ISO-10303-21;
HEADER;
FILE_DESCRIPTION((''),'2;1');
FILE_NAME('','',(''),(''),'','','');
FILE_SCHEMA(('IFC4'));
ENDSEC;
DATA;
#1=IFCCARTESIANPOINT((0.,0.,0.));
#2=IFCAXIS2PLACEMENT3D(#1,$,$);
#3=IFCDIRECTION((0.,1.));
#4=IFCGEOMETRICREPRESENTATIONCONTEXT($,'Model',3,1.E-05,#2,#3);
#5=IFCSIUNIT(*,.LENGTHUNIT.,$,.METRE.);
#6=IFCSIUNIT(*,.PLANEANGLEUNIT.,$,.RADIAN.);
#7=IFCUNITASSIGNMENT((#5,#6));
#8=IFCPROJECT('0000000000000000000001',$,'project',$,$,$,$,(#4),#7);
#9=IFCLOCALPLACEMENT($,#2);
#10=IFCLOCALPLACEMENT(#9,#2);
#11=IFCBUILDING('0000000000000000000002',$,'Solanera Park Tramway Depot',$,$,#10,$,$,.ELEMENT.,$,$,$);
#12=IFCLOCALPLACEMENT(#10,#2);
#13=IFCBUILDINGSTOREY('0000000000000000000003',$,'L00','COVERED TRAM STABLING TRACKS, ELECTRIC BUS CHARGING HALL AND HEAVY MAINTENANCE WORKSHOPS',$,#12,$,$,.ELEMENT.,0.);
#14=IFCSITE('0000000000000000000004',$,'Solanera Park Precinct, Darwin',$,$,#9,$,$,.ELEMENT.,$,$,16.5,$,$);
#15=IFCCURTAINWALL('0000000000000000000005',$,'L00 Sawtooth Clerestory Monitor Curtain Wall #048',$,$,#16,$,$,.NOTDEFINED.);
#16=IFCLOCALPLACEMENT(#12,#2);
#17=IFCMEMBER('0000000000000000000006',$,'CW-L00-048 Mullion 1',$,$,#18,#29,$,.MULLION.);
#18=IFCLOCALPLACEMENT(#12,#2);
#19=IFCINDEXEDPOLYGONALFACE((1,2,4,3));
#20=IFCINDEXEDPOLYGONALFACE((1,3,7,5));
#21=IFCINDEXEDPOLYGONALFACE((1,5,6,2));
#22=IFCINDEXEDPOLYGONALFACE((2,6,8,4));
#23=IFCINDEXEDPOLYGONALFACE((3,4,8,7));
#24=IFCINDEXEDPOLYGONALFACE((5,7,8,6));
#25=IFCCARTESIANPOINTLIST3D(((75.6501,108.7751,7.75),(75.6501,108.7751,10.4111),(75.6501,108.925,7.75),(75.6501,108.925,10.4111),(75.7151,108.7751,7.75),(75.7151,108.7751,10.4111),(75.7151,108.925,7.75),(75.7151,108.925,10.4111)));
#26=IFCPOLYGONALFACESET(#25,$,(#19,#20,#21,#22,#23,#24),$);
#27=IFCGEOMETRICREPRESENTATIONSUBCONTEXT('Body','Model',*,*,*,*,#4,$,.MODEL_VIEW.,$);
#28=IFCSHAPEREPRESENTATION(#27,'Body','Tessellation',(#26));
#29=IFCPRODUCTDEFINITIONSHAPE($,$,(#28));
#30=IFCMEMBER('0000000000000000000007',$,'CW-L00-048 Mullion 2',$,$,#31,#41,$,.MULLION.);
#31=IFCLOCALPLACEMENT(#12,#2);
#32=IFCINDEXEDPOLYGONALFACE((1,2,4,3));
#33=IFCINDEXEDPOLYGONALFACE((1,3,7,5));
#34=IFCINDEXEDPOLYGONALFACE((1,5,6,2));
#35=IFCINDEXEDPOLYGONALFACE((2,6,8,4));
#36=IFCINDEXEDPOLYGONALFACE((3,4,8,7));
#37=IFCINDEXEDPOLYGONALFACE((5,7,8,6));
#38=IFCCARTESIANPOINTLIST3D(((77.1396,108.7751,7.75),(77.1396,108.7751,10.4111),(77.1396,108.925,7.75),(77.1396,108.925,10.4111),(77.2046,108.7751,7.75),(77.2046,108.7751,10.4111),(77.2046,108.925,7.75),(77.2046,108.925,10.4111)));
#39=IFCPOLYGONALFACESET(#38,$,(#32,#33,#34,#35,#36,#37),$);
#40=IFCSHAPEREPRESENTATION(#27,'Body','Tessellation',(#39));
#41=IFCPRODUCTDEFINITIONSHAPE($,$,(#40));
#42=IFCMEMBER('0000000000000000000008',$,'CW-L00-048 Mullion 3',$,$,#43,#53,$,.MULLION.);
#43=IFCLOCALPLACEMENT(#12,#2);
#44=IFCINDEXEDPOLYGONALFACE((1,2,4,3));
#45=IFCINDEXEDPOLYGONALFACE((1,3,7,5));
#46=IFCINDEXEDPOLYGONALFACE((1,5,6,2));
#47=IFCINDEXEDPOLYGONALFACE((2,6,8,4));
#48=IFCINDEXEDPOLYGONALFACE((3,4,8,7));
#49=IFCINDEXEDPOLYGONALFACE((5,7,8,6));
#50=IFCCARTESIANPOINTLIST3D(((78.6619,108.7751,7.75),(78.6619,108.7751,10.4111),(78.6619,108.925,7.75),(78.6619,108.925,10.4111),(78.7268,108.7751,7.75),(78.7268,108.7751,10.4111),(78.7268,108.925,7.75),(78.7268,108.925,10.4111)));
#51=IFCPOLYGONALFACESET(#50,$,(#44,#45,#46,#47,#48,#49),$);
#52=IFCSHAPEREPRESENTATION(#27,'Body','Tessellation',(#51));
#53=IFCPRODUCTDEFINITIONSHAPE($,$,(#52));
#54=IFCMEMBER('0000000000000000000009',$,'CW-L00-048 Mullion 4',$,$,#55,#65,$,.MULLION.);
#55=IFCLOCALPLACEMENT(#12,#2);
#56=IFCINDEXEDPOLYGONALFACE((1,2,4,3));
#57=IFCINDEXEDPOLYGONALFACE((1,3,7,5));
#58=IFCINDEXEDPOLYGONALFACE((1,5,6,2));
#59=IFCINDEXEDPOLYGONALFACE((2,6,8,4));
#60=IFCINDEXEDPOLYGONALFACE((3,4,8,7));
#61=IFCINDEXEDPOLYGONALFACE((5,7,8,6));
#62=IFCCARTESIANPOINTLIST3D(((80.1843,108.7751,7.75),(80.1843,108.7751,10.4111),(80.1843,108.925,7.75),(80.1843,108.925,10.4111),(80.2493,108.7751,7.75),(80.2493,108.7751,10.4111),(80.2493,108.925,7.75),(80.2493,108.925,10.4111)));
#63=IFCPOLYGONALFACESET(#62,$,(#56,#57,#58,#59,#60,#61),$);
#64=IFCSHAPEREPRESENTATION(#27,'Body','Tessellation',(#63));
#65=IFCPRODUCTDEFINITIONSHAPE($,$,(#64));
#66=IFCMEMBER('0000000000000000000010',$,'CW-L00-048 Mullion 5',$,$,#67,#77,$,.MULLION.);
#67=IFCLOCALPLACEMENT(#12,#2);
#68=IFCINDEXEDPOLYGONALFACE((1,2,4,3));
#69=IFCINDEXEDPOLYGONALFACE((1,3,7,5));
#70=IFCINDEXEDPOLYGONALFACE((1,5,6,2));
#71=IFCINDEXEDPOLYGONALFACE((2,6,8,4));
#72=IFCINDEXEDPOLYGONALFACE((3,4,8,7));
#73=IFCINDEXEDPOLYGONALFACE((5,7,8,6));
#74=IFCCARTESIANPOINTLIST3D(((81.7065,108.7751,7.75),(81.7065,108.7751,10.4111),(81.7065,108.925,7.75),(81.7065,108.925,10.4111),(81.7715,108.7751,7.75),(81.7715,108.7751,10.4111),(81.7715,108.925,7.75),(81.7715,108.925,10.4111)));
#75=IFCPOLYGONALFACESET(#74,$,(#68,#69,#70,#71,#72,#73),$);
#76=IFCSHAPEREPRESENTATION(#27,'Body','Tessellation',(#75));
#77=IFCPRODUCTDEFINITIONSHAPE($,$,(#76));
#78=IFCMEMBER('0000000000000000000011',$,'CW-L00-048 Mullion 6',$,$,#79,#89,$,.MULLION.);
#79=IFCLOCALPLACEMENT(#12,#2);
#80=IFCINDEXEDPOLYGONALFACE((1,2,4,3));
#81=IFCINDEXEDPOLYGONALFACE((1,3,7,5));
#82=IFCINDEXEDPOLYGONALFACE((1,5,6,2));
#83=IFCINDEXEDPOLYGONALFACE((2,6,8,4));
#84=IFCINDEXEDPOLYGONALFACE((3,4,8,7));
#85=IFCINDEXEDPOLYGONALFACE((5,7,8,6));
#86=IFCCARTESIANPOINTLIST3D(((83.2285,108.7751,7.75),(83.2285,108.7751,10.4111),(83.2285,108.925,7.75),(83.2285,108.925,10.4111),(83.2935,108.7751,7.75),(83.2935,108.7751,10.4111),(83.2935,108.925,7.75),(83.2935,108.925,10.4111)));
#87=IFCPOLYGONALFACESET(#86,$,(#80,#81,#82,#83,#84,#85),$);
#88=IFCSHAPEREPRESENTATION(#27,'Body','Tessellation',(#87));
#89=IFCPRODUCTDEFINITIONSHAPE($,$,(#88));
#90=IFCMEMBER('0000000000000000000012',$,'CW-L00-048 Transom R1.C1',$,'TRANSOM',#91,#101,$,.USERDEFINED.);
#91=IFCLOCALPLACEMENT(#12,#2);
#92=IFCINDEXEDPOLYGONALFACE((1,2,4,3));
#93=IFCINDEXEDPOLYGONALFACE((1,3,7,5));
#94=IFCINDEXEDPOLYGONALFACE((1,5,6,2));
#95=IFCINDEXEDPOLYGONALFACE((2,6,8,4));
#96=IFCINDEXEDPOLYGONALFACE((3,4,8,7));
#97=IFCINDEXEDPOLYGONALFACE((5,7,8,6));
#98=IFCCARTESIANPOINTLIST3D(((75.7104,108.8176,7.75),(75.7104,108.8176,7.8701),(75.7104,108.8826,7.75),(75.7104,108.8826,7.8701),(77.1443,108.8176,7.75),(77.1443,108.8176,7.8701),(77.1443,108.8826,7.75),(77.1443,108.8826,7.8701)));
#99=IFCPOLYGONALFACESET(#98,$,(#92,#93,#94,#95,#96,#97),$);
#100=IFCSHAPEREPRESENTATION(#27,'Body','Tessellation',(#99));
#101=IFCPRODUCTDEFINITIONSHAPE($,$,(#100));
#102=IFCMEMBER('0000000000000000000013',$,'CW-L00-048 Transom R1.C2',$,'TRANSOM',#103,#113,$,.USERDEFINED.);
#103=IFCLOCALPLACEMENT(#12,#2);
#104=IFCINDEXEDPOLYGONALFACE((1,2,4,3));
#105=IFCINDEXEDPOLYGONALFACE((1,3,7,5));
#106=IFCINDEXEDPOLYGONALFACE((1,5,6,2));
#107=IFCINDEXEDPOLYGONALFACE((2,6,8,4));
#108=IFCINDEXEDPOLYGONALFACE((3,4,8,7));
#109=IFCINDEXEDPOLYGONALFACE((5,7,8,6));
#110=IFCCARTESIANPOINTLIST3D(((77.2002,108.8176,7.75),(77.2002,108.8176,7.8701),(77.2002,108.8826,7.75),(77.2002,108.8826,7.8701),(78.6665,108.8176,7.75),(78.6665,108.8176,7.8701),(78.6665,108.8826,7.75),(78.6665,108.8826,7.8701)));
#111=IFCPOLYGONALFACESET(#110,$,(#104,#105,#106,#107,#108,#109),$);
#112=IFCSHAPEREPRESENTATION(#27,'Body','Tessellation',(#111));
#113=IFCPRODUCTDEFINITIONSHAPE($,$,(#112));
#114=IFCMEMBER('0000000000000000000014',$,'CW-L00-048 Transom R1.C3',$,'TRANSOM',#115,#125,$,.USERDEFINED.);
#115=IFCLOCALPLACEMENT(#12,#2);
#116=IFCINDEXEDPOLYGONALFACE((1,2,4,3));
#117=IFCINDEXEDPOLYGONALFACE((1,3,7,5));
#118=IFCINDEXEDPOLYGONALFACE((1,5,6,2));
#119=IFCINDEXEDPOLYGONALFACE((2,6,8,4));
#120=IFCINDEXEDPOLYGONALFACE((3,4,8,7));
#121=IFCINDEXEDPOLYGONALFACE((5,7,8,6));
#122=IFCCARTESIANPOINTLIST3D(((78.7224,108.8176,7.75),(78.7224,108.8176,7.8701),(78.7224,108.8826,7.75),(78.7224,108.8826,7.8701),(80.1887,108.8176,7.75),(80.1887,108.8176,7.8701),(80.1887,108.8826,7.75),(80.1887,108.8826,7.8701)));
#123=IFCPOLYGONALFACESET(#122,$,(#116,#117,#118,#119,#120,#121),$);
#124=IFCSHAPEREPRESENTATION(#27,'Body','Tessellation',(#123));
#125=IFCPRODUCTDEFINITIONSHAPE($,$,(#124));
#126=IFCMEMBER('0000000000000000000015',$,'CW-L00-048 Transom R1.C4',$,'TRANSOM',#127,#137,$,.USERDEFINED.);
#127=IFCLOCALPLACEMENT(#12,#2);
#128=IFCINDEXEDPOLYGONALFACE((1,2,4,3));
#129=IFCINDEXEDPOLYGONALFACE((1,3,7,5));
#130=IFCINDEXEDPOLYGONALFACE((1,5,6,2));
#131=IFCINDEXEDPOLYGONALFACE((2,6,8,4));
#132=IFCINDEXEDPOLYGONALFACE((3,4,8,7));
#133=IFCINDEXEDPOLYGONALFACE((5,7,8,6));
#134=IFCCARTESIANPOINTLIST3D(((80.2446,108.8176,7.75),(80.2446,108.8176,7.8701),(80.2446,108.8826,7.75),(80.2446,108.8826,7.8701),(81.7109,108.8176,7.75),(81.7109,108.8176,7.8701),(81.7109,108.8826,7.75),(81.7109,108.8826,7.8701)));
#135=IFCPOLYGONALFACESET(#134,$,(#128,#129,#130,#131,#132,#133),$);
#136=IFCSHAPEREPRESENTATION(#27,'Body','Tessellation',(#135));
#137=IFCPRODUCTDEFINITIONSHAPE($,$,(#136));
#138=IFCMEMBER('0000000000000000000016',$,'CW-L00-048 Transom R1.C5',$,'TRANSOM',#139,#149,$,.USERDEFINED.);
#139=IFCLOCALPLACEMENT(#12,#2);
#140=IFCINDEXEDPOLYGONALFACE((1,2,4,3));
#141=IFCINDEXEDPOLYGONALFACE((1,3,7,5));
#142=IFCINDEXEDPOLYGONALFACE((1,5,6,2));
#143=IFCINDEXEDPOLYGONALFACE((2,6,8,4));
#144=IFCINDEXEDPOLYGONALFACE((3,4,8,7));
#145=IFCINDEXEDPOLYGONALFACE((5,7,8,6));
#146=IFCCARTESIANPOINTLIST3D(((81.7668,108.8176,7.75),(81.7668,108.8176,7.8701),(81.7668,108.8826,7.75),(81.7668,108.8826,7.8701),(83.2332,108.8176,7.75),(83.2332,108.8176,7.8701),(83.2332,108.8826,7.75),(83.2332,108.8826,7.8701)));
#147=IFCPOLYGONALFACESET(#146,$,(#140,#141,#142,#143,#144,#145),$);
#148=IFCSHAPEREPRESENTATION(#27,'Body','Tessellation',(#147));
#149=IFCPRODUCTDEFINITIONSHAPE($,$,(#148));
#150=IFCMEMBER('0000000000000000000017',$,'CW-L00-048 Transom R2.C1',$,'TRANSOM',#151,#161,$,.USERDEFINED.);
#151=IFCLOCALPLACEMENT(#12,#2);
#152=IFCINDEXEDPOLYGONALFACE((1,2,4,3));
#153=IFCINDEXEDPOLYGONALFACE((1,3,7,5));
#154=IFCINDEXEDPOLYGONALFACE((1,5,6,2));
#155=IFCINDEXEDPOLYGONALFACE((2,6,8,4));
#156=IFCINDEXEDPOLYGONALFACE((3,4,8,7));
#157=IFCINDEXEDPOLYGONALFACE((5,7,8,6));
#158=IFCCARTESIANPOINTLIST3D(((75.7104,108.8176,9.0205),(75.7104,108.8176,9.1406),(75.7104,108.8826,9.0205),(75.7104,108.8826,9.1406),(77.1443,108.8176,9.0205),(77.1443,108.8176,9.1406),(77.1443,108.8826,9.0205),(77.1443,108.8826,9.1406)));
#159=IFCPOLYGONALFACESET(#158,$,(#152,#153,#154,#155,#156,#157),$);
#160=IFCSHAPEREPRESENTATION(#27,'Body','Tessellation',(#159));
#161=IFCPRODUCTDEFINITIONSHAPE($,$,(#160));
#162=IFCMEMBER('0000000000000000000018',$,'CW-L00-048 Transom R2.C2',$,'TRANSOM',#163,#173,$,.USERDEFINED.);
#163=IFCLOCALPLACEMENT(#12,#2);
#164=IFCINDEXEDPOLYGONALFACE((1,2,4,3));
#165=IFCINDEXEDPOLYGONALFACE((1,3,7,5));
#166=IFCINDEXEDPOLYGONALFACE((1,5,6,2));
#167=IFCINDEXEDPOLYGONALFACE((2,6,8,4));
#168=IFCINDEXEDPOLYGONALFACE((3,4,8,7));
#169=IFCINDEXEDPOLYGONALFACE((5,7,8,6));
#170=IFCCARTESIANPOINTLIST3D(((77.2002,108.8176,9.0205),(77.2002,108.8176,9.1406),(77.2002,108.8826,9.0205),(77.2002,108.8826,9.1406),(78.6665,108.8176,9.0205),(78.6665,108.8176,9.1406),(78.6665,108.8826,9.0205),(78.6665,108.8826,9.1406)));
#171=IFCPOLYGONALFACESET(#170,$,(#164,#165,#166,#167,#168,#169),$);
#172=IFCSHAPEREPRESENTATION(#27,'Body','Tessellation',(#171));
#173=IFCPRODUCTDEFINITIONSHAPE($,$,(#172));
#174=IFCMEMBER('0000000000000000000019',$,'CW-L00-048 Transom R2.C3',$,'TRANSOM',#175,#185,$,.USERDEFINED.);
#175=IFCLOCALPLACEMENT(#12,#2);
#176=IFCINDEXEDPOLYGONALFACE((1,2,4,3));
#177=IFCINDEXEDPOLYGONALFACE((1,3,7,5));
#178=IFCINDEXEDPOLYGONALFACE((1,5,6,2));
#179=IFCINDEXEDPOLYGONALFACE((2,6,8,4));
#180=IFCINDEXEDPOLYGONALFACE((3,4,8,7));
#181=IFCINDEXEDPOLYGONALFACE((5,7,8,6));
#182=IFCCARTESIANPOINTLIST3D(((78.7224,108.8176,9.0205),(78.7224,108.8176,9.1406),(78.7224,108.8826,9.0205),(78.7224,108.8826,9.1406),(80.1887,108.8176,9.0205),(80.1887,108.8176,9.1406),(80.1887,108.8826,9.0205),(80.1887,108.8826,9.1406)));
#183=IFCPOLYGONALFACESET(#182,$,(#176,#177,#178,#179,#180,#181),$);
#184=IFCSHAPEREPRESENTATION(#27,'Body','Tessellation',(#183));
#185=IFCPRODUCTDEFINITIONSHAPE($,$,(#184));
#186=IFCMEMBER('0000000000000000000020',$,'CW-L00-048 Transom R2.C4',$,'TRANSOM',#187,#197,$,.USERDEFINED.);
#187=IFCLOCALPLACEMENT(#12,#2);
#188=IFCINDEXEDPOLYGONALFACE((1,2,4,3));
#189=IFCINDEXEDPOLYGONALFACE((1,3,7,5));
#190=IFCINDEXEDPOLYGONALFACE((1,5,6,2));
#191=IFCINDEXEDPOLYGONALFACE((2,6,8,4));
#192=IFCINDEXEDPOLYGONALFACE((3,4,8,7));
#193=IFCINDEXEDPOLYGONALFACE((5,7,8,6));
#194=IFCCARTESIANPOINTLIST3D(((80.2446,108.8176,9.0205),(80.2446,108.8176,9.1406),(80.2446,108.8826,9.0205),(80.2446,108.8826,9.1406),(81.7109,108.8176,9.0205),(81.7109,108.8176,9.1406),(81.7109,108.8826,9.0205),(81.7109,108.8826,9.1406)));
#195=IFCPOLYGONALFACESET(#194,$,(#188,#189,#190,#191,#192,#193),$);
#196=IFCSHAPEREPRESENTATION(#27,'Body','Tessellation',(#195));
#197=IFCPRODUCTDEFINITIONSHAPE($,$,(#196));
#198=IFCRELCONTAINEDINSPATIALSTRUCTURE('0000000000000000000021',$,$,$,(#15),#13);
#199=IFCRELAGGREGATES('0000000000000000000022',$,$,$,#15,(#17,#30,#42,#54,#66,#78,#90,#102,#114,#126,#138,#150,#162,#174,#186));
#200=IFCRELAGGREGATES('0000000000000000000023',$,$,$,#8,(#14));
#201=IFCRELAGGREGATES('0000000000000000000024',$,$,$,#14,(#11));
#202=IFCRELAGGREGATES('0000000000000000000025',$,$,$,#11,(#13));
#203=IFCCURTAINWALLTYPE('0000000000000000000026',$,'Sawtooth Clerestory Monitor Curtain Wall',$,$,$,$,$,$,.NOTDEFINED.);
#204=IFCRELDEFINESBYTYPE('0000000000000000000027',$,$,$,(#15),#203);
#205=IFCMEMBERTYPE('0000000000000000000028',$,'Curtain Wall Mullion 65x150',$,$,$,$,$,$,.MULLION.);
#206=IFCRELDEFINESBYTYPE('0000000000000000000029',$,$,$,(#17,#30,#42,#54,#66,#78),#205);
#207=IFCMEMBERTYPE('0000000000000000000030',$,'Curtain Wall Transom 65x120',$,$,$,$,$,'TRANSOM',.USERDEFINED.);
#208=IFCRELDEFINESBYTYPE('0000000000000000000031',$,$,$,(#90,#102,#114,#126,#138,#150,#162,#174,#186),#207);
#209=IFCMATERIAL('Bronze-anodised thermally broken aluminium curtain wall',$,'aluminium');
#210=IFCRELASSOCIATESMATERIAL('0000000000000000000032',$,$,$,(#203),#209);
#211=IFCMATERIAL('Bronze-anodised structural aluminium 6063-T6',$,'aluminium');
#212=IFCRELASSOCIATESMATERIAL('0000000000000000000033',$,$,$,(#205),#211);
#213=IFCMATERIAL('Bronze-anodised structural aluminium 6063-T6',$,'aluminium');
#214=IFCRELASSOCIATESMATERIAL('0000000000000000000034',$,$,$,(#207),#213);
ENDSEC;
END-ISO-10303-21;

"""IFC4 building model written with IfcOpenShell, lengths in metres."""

from ifc_helpers import new_model, si_unit, direction, frame, origin, origin_2d, place, context, subcontext, project, spatial, rectangle, extrude, material, material_profile, profile_set, type_object, element, aggregate, save


model = new_model("IFC4")

# Units and contexts
model_context = context("Model", 3, precision=1e-05, world=origin(), true_north=direction((0.0, 1.0)))
body_context = subcontext(model_context, "Body", "Model", "MODEL_VIEW")
ifc_project = project(units=[si_unit("LENGTHUNIT", "METRE"), si_unit("PLANEANGLEUNIT", "RADIAN")], contexts=[model_context])

# Site, building, storey
site_placement = place(None, origin())
site = spatial("IfcSite", under=ifc_project, at=site_placement, Name="Solanera Park Precinct, Darwin", CompositionType="ELEMENT", RefElevation=16.5)
building_placement = place(site_placement, origin())
building = spatial("IfcBuilding", under=site, at=building_placement, Name="Solanera Park Tramway Depot", CompositionType="ELEMENT")
storey_placement = place(building_placement, origin())
storey = spatial("IfcBuildingStorey", under=building, at=storey_placement, Name="L00", Description="COVERED TRAM STABLING TRACKS, ELECTRIC BUS CHARGING HALL AND HEAVY MAINTENANCE WORKSHOPS", CompositionType="ELEMENT", Elevation=0.0)

# Curtain wall, members
ifc_material_1 = material(Name="Bronze-anodised thermally broken aluminium curtain wall", Category="aluminium")
curtain_wall_type = type_object("IfcCurtainWallType", Name="Sawtooth Clerestory Monitor Curtain Wall", PredefinedType="NOTDEFINED", material=ifc_material_1)
curtain_wall_placement = place(storey_placement, origin())
curtain_wall = element("IfcCurtainWall", 1, at=curtain_wall_placement, inside=storey, type_object=curtain_wall_type, Name="L00 Sawtooth Clerestory Monitor Curtain Wall #048", PredefinedType="NOTDEFINED")
ifc_material_2 = material(Name="Bronze-anodised structural aluminium 6063-T6", Category="aluminium")
ifc_material_profile_1 = material_profile(ifc_material_2, rectangle(XDim=0.0649, YDim=0.1499, at=origin_2d()), Name="Curtain Wall Mullion 65x150")
ifc_profile_set_1 = profile_set([ifc_material_profile_1], Name="Bronze-anodised structural aluminium 6063-T6")
member_type_1 = type_object("IfcMemberType", Name="Curtain Wall Mullion 65x150", PredefinedType="MULLION", material=ifc_profile_set_1)
member_1_placement = place(storey_placement, frame((75.6826, 108.8501, 7.75), z_axis=(0.0, 0.0, 1.0), x_axis=(1.0, 0.0, 0.0)))
member_1 = element("IfcMember", 2, at=member_1_placement, type_object=member_type_1, Name="CW-L00-048 Mullion 1", PredefinedType="MULLION", context=body_context, shape_type="SweptSolid", body=[
    extrude(rectangle(XDim=0.0649, YDim=0.1499, at=origin_2d()), origin(), (0.0, 0.0, 1.0), 2.6611),
])
member_2_placement = place(storey_placement, frame((77.1721, 108.8501, 7.75), z_axis=(0.0, 0.0, 1.0), x_axis=(1.0, 0.0, 0.0)))
member_2 = element("IfcMember", 3, at=member_2_placement, type_object=member_type_1, Name="CW-L00-048 Mullion 2", PredefinedType="MULLION", context=body_context, shape_type="SweptSolid", body=[
    extrude(rectangle(XDim=0.0649, YDim=0.1499, at=origin_2d()), origin(), (0.0, 0.0, 1.0), 2.6611),
])
member_3_placement = place(storey_placement, frame((78.6943, 108.8501, 7.75), z_axis=(0.0, 0.0, 1.0), x_axis=(1.0, 0.0, 0.0)))
member_3 = element("IfcMember", 4, at=member_3_placement, type_object=member_type_1, Name="CW-L00-048 Mullion 3", PredefinedType="MULLION", context=body_context, shape_type="SweptSolid", body=[
    extrude(rectangle(XDim=0.0649, YDim=0.1499, at=origin_2d()), origin(), (0.0, 0.0, 1.0), 2.6611),
])
member_4_placement = place(storey_placement, frame((80.2168, 108.8501, 7.75), z_axis=(0.0, 0.0, 1.0), x_axis=(1.0, 0.0, 0.0)))
member_4 = element("IfcMember", 5, at=member_4_placement, type_object=member_type_1, Name="CW-L00-048 Mullion 4", PredefinedType="MULLION", context=body_context, shape_type="SweptSolid", body=[
    extrude(rectangle(XDim=0.0649, YDim=0.1499, at=origin_2d()), origin(), (0.0, 0.0, 1.0), 2.6611),
])
member_5_placement = place(storey_placement, frame((81.739, 108.8501, 7.75), z_axis=(0.0, 0.0, 1.0), x_axis=(1.0, 0.0, 0.0)))
member_5 = element("IfcMember", 6, at=member_5_placement, type_object=member_type_1, Name="CW-L00-048 Mullion 5", PredefinedType="MULLION", context=body_context, shape_type="SweptSolid", body=[
    extrude(rectangle(XDim=0.0649, YDim=0.1499, at=origin_2d()), origin(), (0.0, 0.0, 1.0), 2.6611),
])
member_6_placement = place(storey_placement, frame((83.261, 108.8501, 7.75), z_axis=(0.0, 0.0, 1.0), x_axis=(1.0, 0.0, 0.0)))
member_6 = element("IfcMember", 7, at=member_6_placement, type_object=member_type_1, Name="CW-L00-048 Mullion 6", PredefinedType="MULLION", context=body_context, shape_type="SweptSolid", body=[
    extrude(rectangle(XDim=0.0649, YDim=0.1499, at=origin_2d()), origin(), (0.0, 0.0, 1.0), 2.6611),
])
ifc_material_3 = material(Name="Bronze-anodised structural aluminium 6063-T6", Category="aluminium")
ifc_material_profile_2 = material_profile(ifc_material_3, rectangle(XDim=0.0649, YDim=0.1201, at=origin_2d()), Name="Curtain Wall Transom 65x120")
ifc_profile_set_2 = profile_set([ifc_material_profile_2], Name="Bronze-anodised structural aluminium 6063-T6")
member_type_2 = type_object("IfcMemberType", Name="Curtain Wall Transom 65x120", ElementType="TRANSOM", PredefinedType="USERDEFINED", material=ifc_profile_set_2)
member_7_placement = place(storey_placement, frame((75.7104, 108.8501, 7.8101), z_axis=(1.0, 0.0, 0.0), x_axis=(0.0, 1.0, 0.0)))
member_7 = element("IfcMember", 8, at=member_7_placement, type_object=member_type_2, Name="CW-L00-048 Transom R1.C1", ObjectType="TRANSOM", PredefinedType="USERDEFINED", context=body_context, shape_type="SweptSolid", body=[
    extrude(rectangle(XDim=0.0649, YDim=0.1201, at=origin_2d()), origin(), (0.0, 0.0, 1.0), 1.4338),
])
member_8_placement = place(storey_placement, frame((77.2002, 108.8501, 7.8101), z_axis=(1.0, 0.0, 0.0), x_axis=(0.0, 1.0, 0.0)))
member_8 = element("IfcMember", 9, at=member_8_placement, type_object=member_type_2, Name="CW-L00-048 Transom R1.C2", ObjectType="TRANSOM", PredefinedType="USERDEFINED", context=body_context, shape_type="SweptSolid", body=[
    extrude(rectangle(XDim=0.0649, YDim=0.1201, at=origin_2d()), origin(), (0.0, 0.0, 1.0), 1.4663),
])
member_9_placement = place(storey_placement, frame((78.7224, 108.8501, 7.8101), z_axis=(1.0, 0.0, 0.0), x_axis=(0.0, 1.0, 0.0)))
member_9 = element("IfcMember", 10, at=member_9_placement, type_object=member_type_2, Name="CW-L00-048 Transom R1.C3", ObjectType="TRANSOM", PredefinedType="USERDEFINED", context=body_context, shape_type="SweptSolid", body=[
    extrude(rectangle(XDim=0.0649, YDim=0.1201, at=origin_2d()), origin(), (0.0, 0.0, 1.0), 1.4663),
])
member_10_placement = place(storey_placement, frame((80.2446, 108.8501, 7.8101), z_axis=(1.0, 0.0, 0.0), x_axis=(0.0, 1.0, 0.0)))
member_10 = element("IfcMember", 11, at=member_10_placement, type_object=member_type_2, Name="CW-L00-048 Transom R1.C4", ObjectType="TRANSOM", PredefinedType="USERDEFINED", context=body_context, shape_type="SweptSolid", body=[
    extrude(rectangle(XDim=0.0649, YDim=0.1201, at=origin_2d()), origin(), (0.0, 0.0, 1.0), 1.4663),
])
member_11_placement = place(storey_placement, frame((81.7668, 108.8501, 7.8101), z_axis=(1.0, 0.0, 0.0), x_axis=(0.0, 1.0, 0.0)))
member_11 = element("IfcMember", 12, at=member_11_placement, type_object=member_type_2, Name="CW-L00-048 Transom R1.C5", ObjectType="TRANSOM", PredefinedType="USERDEFINED", context=body_context, shape_type="SweptSolid", body=[
    extrude(rectangle(XDim=0.0649, YDim=0.1201, at=origin_2d()), origin(), (0.0, 0.0, 1.0), 1.4663),
])
member_12_placement = place(storey_placement, frame((75.7104, 108.8501, 9.0806), z_axis=(1.0, 0.0, 0.0), x_axis=(0.0, 1.0, 0.0)))
member_12 = element("IfcMember", 13, at=member_12_placement, type_object=member_type_2, Name="CW-L00-048 Transom R2.C1", ObjectType="TRANSOM", PredefinedType="USERDEFINED", context=body_context, shape_type="SweptSolid", body=[
    extrude(rectangle(XDim=0.0649, YDim=0.1201, at=origin_2d()), origin(), (0.0, 0.0, 1.0), 1.4338),
])
member_13_placement = place(storey_placement, frame((77.2002, 108.8501, 9.0806), z_axis=(1.0, 0.0, 0.0), x_axis=(0.0, 1.0, 0.0)))
member_13 = element("IfcMember", 14, at=member_13_placement, type_object=member_type_2, Name="CW-L00-048 Transom R2.C2", ObjectType="TRANSOM", PredefinedType="USERDEFINED", context=body_context, shape_type="SweptSolid", body=[
    extrude(rectangle(XDim=0.0649, YDim=0.1201, at=origin_2d()), origin(), (0.0, 0.0, 1.0), 1.4663),
])
member_14_placement = place(storey_placement, frame((78.7224, 108.8501, 9.0806), z_axis=(1.0, 0.0, 0.0), x_axis=(0.0, 1.0, 0.0)))
member_14 = element("IfcMember", 15, at=member_14_placement, type_object=member_type_2, Name="CW-L00-048 Transom R2.C3", ObjectType="TRANSOM", PredefinedType="USERDEFINED", context=body_context, shape_type="SweptSolid", body=[
    extrude(rectangle(XDim=0.0649, YDim=0.1201, at=origin_2d()), origin(), (0.0, 0.0, 1.0), 1.4663),
])
member_15_placement = place(storey_placement, frame((80.2446, 108.8501, 9.0806), z_axis=(1.0, 0.0, 0.0), x_axis=(0.0, 1.0, 0.0)))
member_15 = element("IfcMember", 16, at=member_15_placement, type_object=member_type_2, Name="CW-L00-048 Transom R2.C4", ObjectType="TRANSOM", PredefinedType="USERDEFINED", context=body_context, shape_type="SweptSolid", body=[
    extrude(rectangle(XDim=0.0649, YDim=0.1201, at=origin_2d()), origin(), (0.0, 0.0, 1.0), 1.4663),
])

aggregate(curtain_wall, [member_1, member_2, member_3, member_4, member_5, member_6, member_7, member_8, member_9, member_10, member_11, member_12, member_13, member_14, member_15])

save(model, "model.ifc")
